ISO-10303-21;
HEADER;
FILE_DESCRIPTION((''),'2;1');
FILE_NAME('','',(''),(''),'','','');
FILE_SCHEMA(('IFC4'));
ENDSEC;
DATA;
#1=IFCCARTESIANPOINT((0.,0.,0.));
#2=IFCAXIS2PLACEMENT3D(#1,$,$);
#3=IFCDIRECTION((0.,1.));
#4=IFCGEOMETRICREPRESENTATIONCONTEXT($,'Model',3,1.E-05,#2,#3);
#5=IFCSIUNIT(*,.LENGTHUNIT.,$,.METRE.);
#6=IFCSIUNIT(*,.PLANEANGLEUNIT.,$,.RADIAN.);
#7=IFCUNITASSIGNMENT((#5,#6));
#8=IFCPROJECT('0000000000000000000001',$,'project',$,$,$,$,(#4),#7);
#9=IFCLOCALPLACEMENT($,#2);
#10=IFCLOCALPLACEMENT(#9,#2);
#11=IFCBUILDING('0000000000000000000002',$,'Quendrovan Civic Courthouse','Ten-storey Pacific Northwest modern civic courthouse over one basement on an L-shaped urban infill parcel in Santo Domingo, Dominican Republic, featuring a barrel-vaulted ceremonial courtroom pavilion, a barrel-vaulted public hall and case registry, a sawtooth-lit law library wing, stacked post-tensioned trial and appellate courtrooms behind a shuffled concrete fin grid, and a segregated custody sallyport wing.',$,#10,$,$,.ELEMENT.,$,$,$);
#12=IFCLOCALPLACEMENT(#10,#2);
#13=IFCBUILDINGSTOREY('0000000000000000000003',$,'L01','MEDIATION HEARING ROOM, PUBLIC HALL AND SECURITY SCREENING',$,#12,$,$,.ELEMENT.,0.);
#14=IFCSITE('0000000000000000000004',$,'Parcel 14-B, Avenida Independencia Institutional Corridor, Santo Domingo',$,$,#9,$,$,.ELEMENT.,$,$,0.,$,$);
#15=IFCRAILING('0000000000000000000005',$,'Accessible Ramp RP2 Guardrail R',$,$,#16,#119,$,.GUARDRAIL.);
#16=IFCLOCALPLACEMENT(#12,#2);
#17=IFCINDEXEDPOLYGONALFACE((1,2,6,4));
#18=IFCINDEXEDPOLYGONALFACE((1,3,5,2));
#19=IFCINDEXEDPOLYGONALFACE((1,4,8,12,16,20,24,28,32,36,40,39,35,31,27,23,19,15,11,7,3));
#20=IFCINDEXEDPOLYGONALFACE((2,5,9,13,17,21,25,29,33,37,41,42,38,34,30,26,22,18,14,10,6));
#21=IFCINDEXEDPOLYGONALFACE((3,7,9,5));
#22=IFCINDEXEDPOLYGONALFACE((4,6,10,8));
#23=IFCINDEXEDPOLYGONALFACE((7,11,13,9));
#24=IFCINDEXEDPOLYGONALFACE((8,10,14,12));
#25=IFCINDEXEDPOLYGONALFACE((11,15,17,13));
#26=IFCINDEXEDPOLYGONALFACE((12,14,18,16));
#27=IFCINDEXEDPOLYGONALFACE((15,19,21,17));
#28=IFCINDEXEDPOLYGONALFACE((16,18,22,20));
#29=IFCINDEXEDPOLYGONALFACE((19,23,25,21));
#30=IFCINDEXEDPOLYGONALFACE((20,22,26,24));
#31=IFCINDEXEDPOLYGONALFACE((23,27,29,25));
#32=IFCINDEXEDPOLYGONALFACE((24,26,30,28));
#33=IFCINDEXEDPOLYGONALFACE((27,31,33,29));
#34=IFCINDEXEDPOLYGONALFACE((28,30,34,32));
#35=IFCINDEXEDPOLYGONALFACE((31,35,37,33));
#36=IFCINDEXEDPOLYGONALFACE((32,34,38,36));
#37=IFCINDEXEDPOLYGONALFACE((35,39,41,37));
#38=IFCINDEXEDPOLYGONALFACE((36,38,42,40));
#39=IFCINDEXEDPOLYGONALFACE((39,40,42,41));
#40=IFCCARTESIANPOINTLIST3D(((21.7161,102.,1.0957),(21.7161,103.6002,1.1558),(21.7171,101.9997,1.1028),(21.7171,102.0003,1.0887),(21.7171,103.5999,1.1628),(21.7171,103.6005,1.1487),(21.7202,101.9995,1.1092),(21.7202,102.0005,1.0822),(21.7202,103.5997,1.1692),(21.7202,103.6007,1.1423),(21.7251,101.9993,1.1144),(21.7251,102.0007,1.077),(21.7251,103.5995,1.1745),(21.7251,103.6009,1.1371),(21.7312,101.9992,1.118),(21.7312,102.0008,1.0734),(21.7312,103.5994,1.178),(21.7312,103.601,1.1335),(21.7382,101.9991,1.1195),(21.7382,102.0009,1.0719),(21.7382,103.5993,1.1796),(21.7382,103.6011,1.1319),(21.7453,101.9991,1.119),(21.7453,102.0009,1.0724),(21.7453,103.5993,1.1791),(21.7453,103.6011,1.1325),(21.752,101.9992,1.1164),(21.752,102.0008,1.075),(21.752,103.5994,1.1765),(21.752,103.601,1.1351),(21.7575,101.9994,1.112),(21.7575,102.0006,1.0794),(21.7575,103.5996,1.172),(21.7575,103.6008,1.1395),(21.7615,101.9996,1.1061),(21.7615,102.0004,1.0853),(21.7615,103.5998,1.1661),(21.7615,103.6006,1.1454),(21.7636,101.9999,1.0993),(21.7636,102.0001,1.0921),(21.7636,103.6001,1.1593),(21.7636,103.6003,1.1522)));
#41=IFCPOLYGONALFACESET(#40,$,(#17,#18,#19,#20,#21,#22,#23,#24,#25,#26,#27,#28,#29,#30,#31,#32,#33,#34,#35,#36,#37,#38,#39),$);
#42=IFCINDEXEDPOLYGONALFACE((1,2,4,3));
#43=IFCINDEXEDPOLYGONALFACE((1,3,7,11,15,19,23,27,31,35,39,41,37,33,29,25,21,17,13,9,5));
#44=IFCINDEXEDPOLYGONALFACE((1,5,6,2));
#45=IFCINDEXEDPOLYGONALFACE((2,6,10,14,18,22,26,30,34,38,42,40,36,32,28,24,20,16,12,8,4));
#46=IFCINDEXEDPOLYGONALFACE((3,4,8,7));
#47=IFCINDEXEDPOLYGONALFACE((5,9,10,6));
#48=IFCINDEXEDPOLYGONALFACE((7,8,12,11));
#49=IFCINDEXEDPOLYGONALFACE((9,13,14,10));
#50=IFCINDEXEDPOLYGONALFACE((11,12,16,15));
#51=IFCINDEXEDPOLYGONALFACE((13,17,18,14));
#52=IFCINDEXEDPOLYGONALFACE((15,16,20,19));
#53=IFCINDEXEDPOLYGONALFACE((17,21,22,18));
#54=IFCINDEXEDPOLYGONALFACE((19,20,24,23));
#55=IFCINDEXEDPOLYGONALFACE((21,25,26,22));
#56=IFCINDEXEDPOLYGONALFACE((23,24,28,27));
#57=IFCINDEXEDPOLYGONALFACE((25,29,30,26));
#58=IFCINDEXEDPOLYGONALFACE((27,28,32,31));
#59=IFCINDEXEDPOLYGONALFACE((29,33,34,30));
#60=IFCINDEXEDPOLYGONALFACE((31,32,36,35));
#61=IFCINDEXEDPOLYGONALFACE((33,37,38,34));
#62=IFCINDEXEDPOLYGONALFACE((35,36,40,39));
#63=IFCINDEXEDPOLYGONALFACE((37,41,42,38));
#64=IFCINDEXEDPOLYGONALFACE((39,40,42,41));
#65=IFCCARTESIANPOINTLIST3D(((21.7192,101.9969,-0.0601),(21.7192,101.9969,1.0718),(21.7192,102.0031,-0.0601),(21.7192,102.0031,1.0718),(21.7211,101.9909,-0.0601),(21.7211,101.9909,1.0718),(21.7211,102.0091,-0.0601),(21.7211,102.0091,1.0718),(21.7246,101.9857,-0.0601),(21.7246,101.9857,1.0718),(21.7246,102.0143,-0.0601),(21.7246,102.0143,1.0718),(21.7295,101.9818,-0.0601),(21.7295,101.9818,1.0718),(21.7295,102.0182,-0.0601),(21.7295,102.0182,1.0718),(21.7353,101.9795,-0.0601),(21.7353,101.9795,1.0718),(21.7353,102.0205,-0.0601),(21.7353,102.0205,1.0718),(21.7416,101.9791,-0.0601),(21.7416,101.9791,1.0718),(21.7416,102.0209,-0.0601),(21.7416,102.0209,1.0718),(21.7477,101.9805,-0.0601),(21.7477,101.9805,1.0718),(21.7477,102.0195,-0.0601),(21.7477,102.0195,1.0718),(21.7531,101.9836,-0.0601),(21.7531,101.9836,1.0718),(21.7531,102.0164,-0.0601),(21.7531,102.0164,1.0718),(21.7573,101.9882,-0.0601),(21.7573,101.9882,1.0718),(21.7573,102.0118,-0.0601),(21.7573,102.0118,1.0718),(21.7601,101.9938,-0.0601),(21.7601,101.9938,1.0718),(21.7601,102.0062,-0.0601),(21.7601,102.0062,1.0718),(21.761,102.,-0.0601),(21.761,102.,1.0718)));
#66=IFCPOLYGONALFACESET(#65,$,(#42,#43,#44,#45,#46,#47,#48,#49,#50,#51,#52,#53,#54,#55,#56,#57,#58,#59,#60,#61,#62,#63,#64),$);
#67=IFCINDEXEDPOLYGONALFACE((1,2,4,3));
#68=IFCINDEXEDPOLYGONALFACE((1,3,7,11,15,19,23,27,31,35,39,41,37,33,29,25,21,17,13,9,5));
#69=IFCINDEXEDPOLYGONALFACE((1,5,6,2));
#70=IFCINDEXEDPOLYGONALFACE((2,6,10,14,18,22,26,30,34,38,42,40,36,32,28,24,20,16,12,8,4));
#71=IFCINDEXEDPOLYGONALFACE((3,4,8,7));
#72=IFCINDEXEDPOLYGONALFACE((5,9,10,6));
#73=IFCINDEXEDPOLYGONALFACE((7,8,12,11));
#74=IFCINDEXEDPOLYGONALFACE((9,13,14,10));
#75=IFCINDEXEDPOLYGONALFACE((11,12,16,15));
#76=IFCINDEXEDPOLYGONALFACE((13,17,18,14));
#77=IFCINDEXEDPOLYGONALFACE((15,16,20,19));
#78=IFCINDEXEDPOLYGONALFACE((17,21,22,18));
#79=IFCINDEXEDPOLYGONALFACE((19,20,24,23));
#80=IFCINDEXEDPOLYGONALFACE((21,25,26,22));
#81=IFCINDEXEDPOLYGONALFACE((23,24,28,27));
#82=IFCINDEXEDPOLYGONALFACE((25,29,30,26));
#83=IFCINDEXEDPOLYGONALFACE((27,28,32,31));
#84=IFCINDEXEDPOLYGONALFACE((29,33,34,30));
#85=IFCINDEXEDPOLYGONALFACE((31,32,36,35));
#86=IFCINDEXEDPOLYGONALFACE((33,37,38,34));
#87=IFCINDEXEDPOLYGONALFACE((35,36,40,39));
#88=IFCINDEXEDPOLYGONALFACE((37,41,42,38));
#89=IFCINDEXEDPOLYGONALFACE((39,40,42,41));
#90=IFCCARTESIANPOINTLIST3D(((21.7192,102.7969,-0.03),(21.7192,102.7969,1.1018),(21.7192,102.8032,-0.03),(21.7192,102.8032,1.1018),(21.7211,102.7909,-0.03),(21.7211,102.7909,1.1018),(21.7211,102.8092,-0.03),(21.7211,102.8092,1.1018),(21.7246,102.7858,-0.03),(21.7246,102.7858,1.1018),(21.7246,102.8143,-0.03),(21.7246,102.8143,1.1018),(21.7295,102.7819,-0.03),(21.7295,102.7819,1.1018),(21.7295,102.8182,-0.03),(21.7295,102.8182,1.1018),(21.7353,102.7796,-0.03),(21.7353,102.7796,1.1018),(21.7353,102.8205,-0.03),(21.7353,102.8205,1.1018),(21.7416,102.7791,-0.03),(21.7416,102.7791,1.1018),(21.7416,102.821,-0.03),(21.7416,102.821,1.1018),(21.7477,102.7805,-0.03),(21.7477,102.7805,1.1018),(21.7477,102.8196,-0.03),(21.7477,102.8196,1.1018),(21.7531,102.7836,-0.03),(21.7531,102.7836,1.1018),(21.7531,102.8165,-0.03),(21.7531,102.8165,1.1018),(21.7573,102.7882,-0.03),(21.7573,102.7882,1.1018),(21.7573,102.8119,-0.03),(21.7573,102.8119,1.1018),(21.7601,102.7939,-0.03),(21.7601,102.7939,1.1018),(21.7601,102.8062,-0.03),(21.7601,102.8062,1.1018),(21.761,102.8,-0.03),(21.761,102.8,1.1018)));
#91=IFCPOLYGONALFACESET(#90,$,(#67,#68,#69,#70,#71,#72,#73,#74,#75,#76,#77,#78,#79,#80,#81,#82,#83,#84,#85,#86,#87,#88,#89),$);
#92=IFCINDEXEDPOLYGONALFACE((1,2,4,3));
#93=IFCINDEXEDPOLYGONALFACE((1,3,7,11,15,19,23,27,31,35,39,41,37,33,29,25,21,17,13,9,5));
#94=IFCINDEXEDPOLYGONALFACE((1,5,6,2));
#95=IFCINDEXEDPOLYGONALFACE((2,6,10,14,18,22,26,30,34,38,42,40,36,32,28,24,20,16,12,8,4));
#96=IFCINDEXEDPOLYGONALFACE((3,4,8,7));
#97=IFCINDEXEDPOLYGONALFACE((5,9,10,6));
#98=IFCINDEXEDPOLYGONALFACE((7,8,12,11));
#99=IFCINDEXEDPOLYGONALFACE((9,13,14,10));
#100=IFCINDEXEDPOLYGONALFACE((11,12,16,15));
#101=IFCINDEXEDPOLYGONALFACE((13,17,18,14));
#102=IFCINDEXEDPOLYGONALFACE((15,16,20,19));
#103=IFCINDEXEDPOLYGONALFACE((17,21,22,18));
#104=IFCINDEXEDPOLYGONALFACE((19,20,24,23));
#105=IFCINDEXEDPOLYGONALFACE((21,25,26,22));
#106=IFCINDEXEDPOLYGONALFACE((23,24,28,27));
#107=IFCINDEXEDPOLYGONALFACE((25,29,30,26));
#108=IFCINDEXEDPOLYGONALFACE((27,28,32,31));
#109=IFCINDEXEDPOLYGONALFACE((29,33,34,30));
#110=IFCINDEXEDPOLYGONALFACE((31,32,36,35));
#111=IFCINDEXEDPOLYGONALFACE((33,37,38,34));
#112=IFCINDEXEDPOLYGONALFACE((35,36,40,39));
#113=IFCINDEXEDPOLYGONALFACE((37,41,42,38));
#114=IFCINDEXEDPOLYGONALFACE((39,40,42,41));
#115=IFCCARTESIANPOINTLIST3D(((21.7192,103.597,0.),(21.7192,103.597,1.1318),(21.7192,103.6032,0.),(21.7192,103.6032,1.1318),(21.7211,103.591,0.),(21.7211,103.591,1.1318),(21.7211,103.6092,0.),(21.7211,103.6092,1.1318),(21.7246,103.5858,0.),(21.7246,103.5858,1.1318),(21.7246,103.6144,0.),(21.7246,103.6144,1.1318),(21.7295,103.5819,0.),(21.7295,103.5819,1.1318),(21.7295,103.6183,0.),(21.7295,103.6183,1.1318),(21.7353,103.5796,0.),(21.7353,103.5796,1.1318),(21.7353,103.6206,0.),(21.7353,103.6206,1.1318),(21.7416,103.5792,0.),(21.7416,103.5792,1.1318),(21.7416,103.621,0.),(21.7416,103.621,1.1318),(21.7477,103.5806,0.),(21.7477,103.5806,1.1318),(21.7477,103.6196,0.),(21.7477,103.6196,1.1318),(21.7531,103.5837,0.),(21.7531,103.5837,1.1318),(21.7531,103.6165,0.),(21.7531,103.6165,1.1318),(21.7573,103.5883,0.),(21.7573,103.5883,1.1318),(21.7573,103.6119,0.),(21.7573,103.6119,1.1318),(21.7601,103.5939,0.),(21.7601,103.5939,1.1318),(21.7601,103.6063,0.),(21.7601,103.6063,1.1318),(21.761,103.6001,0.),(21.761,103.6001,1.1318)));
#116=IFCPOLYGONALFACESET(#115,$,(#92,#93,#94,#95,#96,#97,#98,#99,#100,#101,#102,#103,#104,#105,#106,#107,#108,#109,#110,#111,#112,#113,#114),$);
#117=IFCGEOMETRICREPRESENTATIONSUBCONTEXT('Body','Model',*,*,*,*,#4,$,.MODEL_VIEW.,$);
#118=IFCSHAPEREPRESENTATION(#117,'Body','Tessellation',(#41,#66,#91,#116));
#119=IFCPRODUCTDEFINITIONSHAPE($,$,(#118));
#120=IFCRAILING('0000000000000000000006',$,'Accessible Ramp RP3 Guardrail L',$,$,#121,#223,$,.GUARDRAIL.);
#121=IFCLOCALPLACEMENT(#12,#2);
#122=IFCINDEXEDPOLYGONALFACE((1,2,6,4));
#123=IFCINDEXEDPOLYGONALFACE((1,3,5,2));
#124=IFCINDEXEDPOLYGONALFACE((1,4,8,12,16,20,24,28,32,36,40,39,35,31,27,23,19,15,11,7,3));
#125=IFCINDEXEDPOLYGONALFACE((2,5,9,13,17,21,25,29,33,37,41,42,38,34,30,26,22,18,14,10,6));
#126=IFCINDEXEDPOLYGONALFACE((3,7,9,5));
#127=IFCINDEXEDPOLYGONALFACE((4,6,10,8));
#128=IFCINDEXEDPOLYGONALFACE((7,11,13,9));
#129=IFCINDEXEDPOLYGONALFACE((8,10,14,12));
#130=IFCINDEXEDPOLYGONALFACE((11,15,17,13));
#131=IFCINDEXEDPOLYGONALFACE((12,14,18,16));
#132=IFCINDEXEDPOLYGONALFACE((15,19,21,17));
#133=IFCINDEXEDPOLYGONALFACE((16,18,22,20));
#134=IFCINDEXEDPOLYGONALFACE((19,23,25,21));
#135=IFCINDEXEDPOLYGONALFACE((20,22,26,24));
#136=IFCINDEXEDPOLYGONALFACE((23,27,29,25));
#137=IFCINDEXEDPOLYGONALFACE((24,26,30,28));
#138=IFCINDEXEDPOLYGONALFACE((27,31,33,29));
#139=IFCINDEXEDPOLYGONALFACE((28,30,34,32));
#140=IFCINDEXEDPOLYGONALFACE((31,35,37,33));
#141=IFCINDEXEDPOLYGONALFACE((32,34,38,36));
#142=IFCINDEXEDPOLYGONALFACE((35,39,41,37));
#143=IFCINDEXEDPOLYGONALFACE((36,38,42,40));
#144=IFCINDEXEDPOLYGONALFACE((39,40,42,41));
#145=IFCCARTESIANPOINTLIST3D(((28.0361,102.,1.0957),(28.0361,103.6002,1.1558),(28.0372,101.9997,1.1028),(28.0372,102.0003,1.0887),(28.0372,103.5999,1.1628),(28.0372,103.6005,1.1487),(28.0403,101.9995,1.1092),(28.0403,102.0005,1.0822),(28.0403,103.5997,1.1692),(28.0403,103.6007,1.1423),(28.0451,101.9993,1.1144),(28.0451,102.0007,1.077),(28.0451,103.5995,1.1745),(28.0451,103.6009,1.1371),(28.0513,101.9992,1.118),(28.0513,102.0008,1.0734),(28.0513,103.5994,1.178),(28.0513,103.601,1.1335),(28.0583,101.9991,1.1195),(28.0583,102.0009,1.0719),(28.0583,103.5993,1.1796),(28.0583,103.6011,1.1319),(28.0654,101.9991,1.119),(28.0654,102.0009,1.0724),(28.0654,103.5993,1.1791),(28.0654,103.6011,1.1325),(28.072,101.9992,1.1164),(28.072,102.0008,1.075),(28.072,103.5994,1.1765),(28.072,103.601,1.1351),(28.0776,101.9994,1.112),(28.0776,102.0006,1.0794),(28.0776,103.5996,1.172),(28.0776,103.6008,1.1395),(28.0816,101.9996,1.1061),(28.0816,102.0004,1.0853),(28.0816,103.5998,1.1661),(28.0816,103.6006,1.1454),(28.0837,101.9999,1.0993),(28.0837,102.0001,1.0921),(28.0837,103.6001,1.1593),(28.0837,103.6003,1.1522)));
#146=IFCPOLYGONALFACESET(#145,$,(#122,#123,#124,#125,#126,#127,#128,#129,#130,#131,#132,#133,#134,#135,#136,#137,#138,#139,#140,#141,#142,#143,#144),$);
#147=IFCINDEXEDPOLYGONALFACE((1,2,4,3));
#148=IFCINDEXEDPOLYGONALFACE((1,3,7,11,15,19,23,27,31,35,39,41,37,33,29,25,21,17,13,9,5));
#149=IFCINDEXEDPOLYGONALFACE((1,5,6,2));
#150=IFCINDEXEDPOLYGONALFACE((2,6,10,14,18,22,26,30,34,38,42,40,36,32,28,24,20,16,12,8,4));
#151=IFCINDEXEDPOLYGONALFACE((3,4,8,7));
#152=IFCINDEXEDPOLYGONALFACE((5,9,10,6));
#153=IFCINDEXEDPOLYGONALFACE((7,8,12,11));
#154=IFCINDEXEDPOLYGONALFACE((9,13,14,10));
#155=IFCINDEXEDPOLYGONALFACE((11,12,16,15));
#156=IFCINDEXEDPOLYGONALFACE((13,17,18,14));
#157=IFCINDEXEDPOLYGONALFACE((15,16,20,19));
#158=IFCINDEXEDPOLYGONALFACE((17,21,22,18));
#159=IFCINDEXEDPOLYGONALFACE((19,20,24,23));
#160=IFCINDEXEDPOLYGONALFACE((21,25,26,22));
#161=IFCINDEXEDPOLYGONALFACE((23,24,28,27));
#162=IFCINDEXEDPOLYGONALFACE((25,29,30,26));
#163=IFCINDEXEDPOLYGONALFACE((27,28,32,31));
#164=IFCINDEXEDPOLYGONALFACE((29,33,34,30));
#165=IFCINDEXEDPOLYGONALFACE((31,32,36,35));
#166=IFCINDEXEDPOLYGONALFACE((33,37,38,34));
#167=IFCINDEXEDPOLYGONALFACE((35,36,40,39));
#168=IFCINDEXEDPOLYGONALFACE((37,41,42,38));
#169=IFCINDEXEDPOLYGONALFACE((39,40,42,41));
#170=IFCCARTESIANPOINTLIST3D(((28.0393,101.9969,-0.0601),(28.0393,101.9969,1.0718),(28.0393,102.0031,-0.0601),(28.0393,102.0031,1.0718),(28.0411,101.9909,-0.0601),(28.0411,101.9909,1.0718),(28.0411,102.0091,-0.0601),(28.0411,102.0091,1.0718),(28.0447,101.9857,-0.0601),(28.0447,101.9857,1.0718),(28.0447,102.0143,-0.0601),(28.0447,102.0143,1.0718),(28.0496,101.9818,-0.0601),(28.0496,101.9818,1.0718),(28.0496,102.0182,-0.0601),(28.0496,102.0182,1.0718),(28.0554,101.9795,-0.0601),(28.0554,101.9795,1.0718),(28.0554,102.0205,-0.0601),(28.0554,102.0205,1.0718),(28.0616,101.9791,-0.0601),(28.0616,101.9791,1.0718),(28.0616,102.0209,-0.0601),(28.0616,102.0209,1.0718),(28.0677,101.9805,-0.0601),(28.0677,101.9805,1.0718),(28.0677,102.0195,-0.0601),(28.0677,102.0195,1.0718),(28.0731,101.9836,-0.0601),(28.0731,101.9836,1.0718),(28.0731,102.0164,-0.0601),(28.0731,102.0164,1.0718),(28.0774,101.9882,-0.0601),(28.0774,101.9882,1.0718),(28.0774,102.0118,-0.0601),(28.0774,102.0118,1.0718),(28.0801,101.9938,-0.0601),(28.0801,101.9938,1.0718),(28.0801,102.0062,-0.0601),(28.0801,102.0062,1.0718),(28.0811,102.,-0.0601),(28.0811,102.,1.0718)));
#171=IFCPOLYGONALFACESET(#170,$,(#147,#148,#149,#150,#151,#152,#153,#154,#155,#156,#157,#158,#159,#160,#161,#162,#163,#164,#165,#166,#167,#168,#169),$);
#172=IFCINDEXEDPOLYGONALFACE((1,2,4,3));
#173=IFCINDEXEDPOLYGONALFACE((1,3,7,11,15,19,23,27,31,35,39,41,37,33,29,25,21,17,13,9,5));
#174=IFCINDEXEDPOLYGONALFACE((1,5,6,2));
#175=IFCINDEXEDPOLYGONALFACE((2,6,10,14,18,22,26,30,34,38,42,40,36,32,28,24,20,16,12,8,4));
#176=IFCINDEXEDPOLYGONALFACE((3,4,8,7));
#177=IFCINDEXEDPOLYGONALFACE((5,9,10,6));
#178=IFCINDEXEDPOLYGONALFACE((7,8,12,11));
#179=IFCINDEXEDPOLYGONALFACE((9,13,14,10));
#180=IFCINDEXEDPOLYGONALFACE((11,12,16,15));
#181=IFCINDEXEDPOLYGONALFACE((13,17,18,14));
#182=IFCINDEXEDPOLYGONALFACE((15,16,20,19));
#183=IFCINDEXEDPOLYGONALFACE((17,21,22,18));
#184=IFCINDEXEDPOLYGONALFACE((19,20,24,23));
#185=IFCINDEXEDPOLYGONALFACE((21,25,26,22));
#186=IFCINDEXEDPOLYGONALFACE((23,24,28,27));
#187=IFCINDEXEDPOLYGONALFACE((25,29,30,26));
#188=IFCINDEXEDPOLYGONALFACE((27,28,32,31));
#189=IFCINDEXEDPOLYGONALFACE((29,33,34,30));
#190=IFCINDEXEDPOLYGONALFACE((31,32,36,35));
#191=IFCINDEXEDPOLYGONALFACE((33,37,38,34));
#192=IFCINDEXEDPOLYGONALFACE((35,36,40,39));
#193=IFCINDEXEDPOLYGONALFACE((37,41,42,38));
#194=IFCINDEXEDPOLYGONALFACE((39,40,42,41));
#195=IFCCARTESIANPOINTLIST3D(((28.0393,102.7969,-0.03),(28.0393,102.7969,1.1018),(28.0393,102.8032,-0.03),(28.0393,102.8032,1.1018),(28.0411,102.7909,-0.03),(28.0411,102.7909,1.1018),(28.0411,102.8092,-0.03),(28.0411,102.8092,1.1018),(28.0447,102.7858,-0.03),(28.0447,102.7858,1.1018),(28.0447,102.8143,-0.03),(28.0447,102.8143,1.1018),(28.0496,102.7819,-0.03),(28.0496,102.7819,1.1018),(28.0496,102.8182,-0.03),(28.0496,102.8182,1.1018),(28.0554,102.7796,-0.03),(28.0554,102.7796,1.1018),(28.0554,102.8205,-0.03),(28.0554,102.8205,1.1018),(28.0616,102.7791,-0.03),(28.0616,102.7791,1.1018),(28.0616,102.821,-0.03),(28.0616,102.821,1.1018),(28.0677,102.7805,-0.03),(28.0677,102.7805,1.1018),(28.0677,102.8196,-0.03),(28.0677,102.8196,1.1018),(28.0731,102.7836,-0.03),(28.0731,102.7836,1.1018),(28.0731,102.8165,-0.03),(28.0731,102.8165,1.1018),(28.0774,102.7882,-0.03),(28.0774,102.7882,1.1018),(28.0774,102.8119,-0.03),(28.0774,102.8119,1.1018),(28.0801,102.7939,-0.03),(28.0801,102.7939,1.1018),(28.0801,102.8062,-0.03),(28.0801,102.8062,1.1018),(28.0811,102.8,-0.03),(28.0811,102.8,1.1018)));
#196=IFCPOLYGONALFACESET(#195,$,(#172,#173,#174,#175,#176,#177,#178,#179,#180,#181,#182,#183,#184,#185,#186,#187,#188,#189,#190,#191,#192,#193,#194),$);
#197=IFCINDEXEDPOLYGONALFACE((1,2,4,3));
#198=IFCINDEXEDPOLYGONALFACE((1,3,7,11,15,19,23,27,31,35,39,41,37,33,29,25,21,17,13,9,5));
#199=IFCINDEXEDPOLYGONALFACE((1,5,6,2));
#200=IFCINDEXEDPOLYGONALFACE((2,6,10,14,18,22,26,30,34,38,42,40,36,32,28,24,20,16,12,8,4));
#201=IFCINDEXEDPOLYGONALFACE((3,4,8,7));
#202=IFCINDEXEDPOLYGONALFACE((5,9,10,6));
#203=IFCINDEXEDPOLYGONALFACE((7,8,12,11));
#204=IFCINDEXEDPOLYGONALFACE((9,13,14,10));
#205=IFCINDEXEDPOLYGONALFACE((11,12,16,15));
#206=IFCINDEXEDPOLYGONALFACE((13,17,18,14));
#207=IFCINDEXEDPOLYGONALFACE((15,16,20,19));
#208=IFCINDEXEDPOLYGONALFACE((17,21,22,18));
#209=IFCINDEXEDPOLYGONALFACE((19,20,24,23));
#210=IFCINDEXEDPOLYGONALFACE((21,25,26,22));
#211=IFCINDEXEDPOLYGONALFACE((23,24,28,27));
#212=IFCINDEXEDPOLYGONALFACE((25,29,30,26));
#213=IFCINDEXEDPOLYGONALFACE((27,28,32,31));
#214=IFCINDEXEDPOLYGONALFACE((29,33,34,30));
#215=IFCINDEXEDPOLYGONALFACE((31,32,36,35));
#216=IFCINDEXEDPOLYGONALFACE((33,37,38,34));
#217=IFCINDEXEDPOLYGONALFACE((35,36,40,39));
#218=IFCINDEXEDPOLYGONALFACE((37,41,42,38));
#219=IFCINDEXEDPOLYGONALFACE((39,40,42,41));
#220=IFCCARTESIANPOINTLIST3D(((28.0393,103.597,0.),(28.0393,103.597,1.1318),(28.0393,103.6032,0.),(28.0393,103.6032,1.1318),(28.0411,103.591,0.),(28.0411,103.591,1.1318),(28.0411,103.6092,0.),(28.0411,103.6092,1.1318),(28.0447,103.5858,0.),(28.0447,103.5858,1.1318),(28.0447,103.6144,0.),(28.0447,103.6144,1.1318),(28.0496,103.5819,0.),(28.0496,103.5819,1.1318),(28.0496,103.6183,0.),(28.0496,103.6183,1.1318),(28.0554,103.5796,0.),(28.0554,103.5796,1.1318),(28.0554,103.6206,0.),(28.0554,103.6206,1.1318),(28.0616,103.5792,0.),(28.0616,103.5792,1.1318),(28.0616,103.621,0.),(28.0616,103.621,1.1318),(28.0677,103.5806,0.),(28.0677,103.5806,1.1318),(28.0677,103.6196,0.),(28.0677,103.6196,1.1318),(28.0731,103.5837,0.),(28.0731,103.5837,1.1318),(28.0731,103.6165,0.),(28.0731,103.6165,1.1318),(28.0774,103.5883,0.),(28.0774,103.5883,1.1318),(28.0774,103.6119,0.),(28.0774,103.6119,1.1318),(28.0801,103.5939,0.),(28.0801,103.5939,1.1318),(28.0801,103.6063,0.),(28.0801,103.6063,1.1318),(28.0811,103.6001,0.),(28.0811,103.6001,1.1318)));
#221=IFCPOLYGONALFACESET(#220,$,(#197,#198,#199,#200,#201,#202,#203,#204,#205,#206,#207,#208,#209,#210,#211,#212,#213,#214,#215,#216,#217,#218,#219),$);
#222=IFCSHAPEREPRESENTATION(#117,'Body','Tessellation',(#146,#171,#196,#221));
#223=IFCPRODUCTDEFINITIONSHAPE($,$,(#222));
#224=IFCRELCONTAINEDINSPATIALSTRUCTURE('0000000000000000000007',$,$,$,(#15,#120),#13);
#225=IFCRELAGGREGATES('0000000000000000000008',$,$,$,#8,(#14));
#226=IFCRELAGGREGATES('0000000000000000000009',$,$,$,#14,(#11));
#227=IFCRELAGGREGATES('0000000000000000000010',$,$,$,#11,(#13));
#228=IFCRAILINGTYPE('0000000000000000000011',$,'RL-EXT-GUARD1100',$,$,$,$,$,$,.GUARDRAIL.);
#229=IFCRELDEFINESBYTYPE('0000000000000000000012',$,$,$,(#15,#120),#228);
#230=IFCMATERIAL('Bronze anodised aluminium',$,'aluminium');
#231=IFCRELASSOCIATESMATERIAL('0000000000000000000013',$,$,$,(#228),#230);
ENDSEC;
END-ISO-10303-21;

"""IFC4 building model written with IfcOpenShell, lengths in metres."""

from ifc_helpers import new_model, si_unit, direction, frame, origin, origin_2d, place, context, subcontext, project, spatial, circle, extrude, material, type_object, element, save


model = new_model("IFC4")

# Units and contexts
model_context = context("Model", 3, precision=1e-05, world=origin(), true_north=direction((0.0, 1.0)))
body_context = subcontext(model_context, "Body", "Model", "MODEL_VIEW")
ifc_project = project(units=[si_unit("LENGTHUNIT", "METRE"), si_unit("PLANEANGLEUNIT", "RADIAN")], contexts=[model_context])

# Site, building, storey
site_placement = place(None, origin())
site = spatial("IfcSite", under=ifc_project, at=site_placement, Name="Parcel 14-B, Avenida Independencia Institutional Corridor, Santo Domingo", CompositionType="ELEMENT", RefElevation=0.0)
building_placement = place(site_placement, origin())
building = spatial("IfcBuilding", under=site, at=building_placement, Name="Quendrovan Civic Courthouse", Description="Ten-storey Pacific Northwest modern civic courthouse over one basement on an L-shaped urban infill parcel in Santo Domingo, Dominican Republic, featuring a barrel-vaulted ceremonial courtroom pavilion, a barrel-vaulted public hall and case registry, a sawtooth-lit law library wing, stacked post-tensioned trial and appellate courtrooms behind a shuffled concrete fin grid, and a segregated custody sallyport wing.", CompositionType="ELEMENT")
storey_placement = place(building_placement, origin())
storey = spatial("IfcBuildingStorey", under=building, at=storey_placement, Name="L01", Description="MEDIATION HEARING ROOM, PUBLIC HALL AND SECURITY SCREENING", CompositionType="ELEMENT", Elevation=0.0)

# Shared definitions
ifc_material_1 = material(Name="Bronze anodised aluminium", Category="aluminium")

# Railings
railing_type = type_object("IfcRailingType", Name="RL-EXT-GUARD1100", PredefinedType="GUARDRAIL", material=ifc_material_1)
for number, where, name in (
    (1, (21.74, 102.0, -0.0601), "Accessible Ramp RP2 Guardrail R"),
    (2, (28.0601, 102.0, -0.0601), "Accessible Ramp RP3 Guardrail L"),
):
    element("IfcRailing", number, at=place(storey_placement, frame(where)), inside=storey, type_object=railing_type, Name=name, PredefinedType="GUARDRAIL", context=body_context, shape_type="SweptSolid", body=[
        extrude(circle(Radius=0.0239, at=origin_2d()), frame((0.0, 0.0, 1.1558), z_axis=(0.0, 0.999296, 0.037508), x_axis=(-1.0, 0.0, 0.0)), (0.0, 0.0, 1.0), 1.6013),
        extrude(circle(Radius=0.021, at=origin_2d()), origin(), (0.0, 0.0, 1.0), 1.1318),
        extrude(circle(Radius=0.021, at=origin_2d()), frame((0.0, 0.8, 0.03)), (0.0, 0.0, 1.0), 1.1318),
        extrude(circle(Radius=0.021, at=origin_2d()), frame((0.0, 1.6001, 0.0601)), (0.0, 0.0, 1.0), 1.1318),
    ])

save(model, "model.ifc")
